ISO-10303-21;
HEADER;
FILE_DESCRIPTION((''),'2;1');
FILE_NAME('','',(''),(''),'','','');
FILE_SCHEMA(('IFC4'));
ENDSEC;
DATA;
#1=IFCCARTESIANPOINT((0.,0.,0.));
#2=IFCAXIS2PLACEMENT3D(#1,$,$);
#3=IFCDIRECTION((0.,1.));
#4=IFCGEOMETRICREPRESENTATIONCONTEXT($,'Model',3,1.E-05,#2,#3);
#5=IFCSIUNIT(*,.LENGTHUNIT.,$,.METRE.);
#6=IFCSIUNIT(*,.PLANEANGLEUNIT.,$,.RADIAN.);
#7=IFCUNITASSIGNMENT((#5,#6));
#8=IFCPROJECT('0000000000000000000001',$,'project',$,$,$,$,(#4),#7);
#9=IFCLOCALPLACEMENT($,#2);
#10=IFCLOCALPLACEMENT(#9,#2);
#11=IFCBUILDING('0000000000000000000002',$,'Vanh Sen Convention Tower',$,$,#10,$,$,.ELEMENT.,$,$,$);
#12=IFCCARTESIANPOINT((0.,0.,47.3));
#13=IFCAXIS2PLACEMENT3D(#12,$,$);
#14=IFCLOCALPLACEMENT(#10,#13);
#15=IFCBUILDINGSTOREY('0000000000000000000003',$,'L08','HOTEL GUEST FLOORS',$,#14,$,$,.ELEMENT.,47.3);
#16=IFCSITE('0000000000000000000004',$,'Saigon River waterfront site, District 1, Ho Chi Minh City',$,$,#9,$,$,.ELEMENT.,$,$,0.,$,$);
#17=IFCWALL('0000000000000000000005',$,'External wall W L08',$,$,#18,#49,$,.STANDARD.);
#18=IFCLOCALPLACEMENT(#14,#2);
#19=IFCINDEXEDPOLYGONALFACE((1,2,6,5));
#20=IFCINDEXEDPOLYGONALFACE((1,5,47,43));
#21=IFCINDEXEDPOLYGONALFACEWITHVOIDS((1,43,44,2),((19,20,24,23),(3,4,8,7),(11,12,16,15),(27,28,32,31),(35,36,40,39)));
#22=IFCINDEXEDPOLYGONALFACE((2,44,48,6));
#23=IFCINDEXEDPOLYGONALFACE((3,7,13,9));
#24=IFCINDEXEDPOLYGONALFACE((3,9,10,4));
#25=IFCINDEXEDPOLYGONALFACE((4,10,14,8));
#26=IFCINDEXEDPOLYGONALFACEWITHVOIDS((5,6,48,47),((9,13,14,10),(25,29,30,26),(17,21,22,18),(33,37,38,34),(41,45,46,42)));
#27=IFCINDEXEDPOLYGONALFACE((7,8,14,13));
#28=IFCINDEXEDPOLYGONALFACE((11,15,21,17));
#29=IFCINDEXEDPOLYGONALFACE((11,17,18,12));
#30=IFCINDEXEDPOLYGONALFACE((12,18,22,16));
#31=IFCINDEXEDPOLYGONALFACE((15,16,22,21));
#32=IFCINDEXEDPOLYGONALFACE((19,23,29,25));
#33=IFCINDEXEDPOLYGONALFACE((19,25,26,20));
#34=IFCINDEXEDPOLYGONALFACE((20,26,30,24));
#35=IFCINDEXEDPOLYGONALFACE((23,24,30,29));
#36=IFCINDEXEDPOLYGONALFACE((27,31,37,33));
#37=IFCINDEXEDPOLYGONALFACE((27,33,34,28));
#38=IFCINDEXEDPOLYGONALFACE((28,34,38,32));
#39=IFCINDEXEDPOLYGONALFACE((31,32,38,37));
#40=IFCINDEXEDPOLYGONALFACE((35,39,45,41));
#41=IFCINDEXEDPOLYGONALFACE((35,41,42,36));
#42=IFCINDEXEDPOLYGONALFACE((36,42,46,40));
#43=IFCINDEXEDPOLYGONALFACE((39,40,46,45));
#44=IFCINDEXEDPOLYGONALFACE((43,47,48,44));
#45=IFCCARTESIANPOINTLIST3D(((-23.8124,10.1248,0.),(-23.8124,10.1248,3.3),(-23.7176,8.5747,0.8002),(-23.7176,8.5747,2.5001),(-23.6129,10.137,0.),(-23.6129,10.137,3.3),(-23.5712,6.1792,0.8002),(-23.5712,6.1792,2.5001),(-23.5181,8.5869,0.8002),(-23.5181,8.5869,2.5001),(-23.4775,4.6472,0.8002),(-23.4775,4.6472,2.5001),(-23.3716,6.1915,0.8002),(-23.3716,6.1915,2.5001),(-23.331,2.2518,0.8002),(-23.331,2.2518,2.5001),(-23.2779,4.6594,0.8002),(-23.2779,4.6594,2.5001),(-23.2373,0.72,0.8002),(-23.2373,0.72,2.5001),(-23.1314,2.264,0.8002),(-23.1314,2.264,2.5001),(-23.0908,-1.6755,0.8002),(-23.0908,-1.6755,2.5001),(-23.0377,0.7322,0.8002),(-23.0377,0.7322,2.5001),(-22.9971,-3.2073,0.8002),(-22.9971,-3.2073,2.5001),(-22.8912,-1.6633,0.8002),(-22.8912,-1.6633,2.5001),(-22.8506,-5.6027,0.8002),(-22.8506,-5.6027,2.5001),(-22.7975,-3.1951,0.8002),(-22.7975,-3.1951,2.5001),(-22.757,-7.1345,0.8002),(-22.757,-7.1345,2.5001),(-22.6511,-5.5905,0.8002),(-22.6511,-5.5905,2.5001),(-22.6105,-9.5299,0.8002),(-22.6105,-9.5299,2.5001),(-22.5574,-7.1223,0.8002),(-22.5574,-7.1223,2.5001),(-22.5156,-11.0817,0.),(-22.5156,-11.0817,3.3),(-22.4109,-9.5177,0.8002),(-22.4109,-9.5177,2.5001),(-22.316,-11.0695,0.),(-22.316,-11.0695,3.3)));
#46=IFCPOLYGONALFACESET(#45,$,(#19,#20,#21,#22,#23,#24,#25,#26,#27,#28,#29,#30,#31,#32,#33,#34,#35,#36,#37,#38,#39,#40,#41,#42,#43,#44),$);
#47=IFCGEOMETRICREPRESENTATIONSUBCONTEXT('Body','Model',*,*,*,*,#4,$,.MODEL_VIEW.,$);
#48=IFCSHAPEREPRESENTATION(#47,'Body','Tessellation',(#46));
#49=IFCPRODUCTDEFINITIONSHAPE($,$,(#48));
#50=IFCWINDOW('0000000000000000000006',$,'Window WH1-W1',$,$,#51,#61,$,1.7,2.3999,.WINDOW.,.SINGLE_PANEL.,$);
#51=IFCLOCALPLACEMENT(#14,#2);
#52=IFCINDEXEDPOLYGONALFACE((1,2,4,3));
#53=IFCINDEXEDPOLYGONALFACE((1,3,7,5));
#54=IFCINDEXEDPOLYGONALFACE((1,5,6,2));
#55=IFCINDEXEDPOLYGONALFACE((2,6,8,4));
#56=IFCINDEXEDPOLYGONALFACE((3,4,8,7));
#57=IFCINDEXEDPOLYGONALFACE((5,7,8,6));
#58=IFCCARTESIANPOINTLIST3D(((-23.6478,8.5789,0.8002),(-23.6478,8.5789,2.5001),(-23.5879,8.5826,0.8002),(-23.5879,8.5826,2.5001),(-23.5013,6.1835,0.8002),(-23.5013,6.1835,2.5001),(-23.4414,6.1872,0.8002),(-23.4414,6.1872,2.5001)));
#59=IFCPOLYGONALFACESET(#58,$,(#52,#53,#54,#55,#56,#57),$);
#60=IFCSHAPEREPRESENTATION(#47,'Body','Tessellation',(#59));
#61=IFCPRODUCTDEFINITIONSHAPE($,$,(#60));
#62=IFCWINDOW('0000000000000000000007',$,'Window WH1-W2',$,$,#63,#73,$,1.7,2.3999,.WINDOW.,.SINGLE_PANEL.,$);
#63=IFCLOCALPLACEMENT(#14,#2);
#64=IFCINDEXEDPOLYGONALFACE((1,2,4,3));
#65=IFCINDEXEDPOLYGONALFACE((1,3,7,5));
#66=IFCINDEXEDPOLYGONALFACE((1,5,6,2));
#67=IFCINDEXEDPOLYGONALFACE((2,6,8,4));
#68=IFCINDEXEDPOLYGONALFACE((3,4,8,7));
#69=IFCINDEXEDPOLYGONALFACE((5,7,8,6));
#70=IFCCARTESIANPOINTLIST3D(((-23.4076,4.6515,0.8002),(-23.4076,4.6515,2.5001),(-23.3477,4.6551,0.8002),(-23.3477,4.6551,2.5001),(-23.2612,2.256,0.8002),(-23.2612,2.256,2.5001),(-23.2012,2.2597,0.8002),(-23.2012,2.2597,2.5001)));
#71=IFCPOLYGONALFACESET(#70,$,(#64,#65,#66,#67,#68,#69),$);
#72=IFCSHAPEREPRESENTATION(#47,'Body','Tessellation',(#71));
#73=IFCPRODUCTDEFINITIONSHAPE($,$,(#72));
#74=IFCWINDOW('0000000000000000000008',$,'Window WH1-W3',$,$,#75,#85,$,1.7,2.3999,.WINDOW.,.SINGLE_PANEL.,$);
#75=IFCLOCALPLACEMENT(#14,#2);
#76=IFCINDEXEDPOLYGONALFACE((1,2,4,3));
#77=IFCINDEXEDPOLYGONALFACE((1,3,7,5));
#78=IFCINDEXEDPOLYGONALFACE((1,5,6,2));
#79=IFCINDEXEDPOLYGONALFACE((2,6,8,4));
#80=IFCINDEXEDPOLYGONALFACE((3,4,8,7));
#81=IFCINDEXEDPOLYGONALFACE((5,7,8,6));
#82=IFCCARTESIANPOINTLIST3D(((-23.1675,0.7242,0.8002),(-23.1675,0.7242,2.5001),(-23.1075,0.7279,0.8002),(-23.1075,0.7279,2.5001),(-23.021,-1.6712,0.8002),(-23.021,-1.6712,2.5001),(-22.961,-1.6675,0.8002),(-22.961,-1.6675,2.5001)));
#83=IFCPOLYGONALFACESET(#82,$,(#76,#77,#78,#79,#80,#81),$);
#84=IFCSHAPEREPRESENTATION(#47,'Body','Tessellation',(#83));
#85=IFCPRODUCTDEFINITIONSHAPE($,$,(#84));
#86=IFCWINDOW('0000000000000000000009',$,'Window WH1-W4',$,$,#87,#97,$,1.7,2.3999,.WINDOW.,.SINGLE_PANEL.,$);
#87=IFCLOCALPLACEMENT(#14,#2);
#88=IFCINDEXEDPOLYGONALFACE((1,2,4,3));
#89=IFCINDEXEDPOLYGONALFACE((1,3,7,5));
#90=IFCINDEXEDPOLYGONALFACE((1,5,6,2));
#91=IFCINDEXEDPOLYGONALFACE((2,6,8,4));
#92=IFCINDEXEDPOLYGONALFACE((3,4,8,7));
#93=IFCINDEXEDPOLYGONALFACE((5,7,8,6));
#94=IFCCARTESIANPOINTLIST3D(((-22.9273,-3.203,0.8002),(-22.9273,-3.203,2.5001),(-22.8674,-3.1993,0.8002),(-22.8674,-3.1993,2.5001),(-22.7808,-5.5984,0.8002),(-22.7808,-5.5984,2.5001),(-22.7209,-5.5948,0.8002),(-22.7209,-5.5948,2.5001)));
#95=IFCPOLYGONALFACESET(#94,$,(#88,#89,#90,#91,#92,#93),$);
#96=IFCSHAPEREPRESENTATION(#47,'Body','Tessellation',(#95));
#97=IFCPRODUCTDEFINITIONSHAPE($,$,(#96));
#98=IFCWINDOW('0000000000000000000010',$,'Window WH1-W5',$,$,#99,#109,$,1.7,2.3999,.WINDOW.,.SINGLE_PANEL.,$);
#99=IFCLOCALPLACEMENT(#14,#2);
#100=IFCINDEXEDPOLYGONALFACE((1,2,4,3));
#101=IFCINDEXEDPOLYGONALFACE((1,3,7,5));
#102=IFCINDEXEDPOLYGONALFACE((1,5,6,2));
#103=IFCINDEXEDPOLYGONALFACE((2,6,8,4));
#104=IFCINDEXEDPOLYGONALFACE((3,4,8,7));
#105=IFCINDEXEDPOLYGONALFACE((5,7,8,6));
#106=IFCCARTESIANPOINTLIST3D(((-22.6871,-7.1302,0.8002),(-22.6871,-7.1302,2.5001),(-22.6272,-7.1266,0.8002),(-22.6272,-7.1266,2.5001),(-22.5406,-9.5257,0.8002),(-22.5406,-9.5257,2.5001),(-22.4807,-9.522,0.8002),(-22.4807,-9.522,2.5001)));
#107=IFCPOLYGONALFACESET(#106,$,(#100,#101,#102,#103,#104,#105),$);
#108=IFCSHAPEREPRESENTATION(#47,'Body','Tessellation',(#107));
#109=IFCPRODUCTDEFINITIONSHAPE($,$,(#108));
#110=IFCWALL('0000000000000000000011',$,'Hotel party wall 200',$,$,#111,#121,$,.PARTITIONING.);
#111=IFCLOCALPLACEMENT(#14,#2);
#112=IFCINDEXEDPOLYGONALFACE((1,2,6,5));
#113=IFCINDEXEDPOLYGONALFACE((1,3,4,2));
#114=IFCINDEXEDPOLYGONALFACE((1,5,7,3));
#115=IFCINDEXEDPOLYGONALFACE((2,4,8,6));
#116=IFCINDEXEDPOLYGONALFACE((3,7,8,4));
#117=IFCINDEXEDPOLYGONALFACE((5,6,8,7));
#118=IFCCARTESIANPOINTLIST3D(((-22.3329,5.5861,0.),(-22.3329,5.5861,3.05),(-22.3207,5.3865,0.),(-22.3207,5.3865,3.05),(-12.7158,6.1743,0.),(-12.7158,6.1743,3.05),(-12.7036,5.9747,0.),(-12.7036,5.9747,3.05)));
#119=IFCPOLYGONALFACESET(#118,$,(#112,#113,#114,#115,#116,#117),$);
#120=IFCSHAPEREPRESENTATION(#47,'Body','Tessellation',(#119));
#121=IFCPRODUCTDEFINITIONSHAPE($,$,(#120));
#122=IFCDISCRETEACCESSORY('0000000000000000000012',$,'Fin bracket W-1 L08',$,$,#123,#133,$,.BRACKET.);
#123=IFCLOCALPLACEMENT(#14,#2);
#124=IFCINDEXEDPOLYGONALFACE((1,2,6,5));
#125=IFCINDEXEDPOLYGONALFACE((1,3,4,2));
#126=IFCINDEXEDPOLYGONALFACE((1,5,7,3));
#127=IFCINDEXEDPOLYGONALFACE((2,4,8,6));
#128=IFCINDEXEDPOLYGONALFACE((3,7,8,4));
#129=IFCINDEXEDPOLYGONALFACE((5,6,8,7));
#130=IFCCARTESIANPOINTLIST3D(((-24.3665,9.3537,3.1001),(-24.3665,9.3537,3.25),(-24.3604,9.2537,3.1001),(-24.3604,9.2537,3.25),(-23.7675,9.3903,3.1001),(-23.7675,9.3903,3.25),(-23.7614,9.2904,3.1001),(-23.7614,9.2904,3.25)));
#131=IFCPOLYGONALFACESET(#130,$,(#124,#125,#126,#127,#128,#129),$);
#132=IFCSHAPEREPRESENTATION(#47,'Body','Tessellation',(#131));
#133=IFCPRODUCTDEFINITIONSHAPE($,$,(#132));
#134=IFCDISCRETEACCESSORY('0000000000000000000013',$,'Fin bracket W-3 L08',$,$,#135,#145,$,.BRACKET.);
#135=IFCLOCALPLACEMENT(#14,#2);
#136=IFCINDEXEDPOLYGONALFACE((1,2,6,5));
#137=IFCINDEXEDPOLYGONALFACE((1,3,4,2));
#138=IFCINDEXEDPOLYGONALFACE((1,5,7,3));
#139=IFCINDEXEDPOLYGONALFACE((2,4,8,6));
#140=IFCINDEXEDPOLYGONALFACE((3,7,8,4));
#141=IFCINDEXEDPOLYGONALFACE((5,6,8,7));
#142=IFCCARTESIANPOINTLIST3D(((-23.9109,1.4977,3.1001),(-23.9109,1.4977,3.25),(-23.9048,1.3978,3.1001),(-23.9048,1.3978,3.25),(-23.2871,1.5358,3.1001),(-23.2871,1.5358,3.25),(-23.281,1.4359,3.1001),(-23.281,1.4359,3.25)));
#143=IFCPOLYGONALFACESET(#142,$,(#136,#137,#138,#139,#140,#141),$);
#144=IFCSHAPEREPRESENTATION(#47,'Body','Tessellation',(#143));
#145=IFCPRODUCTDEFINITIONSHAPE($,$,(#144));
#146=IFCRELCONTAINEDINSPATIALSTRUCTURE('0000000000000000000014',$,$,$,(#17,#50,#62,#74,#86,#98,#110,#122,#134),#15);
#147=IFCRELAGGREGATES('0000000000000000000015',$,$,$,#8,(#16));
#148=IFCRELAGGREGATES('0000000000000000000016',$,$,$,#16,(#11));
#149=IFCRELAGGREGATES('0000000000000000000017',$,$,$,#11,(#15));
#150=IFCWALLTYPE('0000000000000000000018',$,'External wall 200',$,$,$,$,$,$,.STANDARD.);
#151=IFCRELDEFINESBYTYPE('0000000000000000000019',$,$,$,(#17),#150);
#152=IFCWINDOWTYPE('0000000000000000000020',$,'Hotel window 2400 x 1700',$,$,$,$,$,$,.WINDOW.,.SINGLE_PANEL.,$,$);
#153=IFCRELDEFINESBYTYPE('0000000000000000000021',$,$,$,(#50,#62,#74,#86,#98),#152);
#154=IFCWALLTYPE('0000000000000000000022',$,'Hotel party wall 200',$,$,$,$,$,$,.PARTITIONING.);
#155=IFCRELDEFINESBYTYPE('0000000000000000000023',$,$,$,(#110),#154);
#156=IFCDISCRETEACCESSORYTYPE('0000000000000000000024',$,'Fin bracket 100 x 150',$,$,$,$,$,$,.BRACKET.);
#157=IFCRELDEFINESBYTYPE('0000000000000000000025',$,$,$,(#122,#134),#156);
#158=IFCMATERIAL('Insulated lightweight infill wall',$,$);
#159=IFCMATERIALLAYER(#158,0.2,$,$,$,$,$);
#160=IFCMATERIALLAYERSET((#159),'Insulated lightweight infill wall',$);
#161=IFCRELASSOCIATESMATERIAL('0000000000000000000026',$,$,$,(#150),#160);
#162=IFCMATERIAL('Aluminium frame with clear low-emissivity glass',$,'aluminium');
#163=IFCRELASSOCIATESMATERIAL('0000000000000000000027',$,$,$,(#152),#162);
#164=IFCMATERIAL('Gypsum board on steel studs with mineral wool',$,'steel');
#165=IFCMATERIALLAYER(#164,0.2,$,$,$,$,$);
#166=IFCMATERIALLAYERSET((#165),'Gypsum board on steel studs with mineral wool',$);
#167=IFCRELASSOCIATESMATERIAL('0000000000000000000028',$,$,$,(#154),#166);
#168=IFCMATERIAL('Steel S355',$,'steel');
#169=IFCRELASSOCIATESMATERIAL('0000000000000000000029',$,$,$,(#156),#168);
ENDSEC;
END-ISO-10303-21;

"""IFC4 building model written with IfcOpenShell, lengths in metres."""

from ifc_helpers import new_model, si_unit, direction, frame, frame_2d, origin, origin_2d, place, context, subcontext, project, spatial, rectangle, extrude, material, layer, layer_set, type_object, element, fill, save


model = new_model("IFC4")

# Units and contexts
model_context = context("Model", 3, precision=1e-05, world=origin(), true_north=direction((0.0, 1.0)))
body_context = subcontext(model_context, "Body", "Model", "MODEL_VIEW")
ifc_project = project(units=[si_unit("LENGTHUNIT", "METRE"), si_unit("PLANEANGLEUNIT", "RADIAN")], contexts=[model_context])

# Site, building, storey
site_placement = place(None, origin())
site = spatial("IfcSite", under=ifc_project, at=site_placement, Name="Saigon River waterfront site, District 1, Ho Chi Minh City", CompositionType="ELEMENT", RefElevation=0.0)
building_placement = place(site_placement, origin())
building = spatial("IfcBuilding", under=site, at=building_placement, Name="Vanh Sen Convention Tower", CompositionType="ELEMENT")
storey_placement = place(building_placement, frame((0.0, 0.0, 47.3)))
storey = spatial("IfcBuildingStorey", under=building, at=storey_placement, Name="L08", Description="HOTEL GUEST FLOORS", CompositionType="ELEMENT", Elevation=47.3)

# Shared definitions
ifc_material_1 = material(Name="Gypsum board on steel studs with mineral wool", Category="steel")

# Wall, openings, windows
ifc_material_2 = material(Name="Insulated lightweight infill wall")
ifc_layer_1 = layer(ifc_material_2, 0.2)
ifc_layer_set_1 = layer_set([ifc_layer_1], Name="Insulated lightweight infill wall")
wall_type_1 = type_object("IfcWallType", Name="External wall 200", PredefinedType="STANDARD", material=ifc_layer_set_1)
wall_1_placement = place(storey_placement, frame((-23.7126, 10.1309, 0.0), z_axis=(0.0, 0.0, 1.0), x_axis=(0.06104, -0.998135, 0.0)))
wall_1 = element("IfcWall", 1, at=wall_1_placement, inside=storey, type_object=wall_type_1, Name="External wall W L08", PredefinedType="STANDARD", context=body_context, shape_type="SweptSolid", body=[
    extrude(rectangle(XDim=21.2461, YDim=0.2, at=frame_2d((10.623, 0.0))), origin(), (0.0, 0.0, 1.0), 3.3),
])
opening_1_placement = place(wall_1_placement, frame((1.553, 0.0, 0.8)))
opening_1 = element("IfcOpeningElement", 2, at=opening_1_placement, cuts=wall_1, PredefinedType="OPENING", context=body_context, shape_type="SweptSolid", body=[
    extrude(rectangle(XDim=2.3999, YDim=1.7, at=frame_2d((1.2, 0.8501))), frame((0.0, 0.1099, 0.0), z_axis=(0.0, -1.0, 0.0), x_axis=(1.0, 0.0, 0.0)), (0.0, 0.0, 1.0), 0.22),
])
opening_2_placement = place(wall_1_placement, frame((5.4878, 0.0, 0.8)))
opening_2 = element("IfcOpeningElement", 3, at=opening_2_placement, cuts=wall_1, PredefinedType="OPENING", context=body_context, shape_type="SweptSolid", body=[
    extrude(rectangle(XDim=2.3999, YDim=1.7, at=frame_2d((1.2, 0.8501))), frame((0.0, 0.1099, 0.0), z_axis=(0.0, -1.0, 0.0), x_axis=(1.0, 0.0, 0.0)), (0.0, 0.0, 1.0), 0.22),
])
opening_3_placement = place(wall_1_placement, frame((9.4224, 0.0, 0.8)))
opening_3 = element("IfcOpeningElement", 4, at=opening_3_placement, cuts=wall_1, PredefinedType="OPENING", context=body_context, shape_type="SweptSolid", body=[
    extrude(rectangle(XDim=2.3999, YDim=1.7, at=frame_2d((1.2, 0.8501))), frame((0.0, 0.1099, 0.0), z_axis=(0.0, -1.0, 0.0), x_axis=(1.0, 0.0, 0.0)), (0.0, 0.0, 1.0), 0.22),
])
opening_4_placement = place(wall_1_placement, frame((13.3569, 0.0, 0.8)))
opening_4 = element("IfcOpeningElement", 5, at=opening_4_placement, cuts=wall_1, PredefinedType="OPENING", context=body_context, shape_type="SweptSolid", body=[
    extrude(rectangle(XDim=2.3999, YDim=1.7, at=frame_2d((1.2, 0.8501))), frame((0.0, 0.1099, 0.0), z_axis=(0.0, -1.0, 0.0), x_axis=(1.0, 0.0, 0.0)), (0.0, 0.0, 1.0), 0.22),
])
opening_5_placement = place(wall_1_placement, frame((17.2915, 0.0, 0.8)))
opening_5 = element("IfcOpeningElement", 6, at=opening_5_placement, cuts=wall_1, PredefinedType="OPENING", context=body_context, shape_type="SweptSolid", body=[
    extrude(rectangle(XDim=2.3999, YDim=1.7, at=frame_2d((1.2, 0.8501))), frame((0.0, 0.1099, 0.0), z_axis=(0.0, -1.0, 0.0), x_axis=(1.0, 0.0, 0.0)), (0.0, 0.0, 1.0), 0.22),
])
ifc_material_3 = material(Name="Aluminium frame with clear low-emissivity glass", Category="aluminium")
window_type = type_object("IfcWindowType", Name="Hotel window 2400 x 1700", PartitioningType="SINGLE_PANEL", PredefinedType="WINDOW", material=ifc_material_3)
window_1_placement = place(opening_1_placement, origin())
window_1 = element("IfcWindow", 7, at=window_1_placement, inside=storey, type_object=window_type, Name="Window WH1-W1", OverallHeight=1.7, OverallWidth=2.3999, PartitioningType="SINGLE_PANEL", PredefinedType="WINDOW", context=body_context, shape_type="SweptSolid", body=[
    extrude(rectangle(XDim=2.3999, YDim=1.7, at=frame_2d((1.2, 0.8501))), frame((0.0, 0.03, 0.0), z_axis=(0.0, -1.0, 0.0), x_axis=(1.0, 0.0, 0.0)), (0.0, 0.0, 1.0), 0.0601),
])
fill(opening_1, window_1)
window_2_placement = place(opening_2_placement, origin())
window_2 = element("IfcWindow", 8, at=window_2_placement, inside=storey, type_object=window_type, Name="Window WH1-W2", OverallHeight=1.7, OverallWidth=2.3999, PartitioningType="SINGLE_PANEL", PredefinedType="WINDOW", context=body_context, shape_type="SweptSolid", body=[
    extrude(rectangle(XDim=2.3999, YDim=1.7, at=frame_2d((1.2, 0.8501))), frame((0.0, 0.03, 0.0), z_axis=(0.0, -1.0, 0.0), x_axis=(1.0, 0.0, 0.0)), (0.0, 0.0, 1.0), 0.0601),
])
fill(opening_2, window_2)
window_3_placement = place(opening_3_placement, origin())
window_3 = element("IfcWindow", 9, at=window_3_placement, inside=storey, type_object=window_type, Name="Window WH1-W3", OverallHeight=1.7, OverallWidth=2.3999, PartitioningType="SINGLE_PANEL", PredefinedType="WINDOW", context=body_context, shape_type="SweptSolid", body=[
    extrude(rectangle(XDim=2.3999, YDim=1.7, at=frame_2d((1.2, 0.8501))), frame((0.0, 0.03, 0.0), z_axis=(0.0, -1.0, 0.0), x_axis=(1.0, 0.0, 0.0)), (0.0, 0.0, 1.0), 0.0601),
])
fill(opening_3, window_3)
window_4_placement = place(opening_4_placement, origin())
window_4 = element("IfcWindow", 10, at=window_4_placement, inside=storey, type_object=window_type, Name="Window WH1-W4", OverallHeight=1.7, OverallWidth=2.3999, PartitioningType="SINGLE_PANEL", PredefinedType="WINDOW", context=body_context, shape_type="SweptSolid", body=[
    extrude(rectangle(XDim=2.3999, YDim=1.7, at=frame_2d((1.2, 0.8501))), frame((0.0, 0.03, 0.0), z_axis=(0.0, -1.0, 0.0), x_axis=(1.0, 0.0, 0.0)), (0.0, 0.0, 1.0), 0.0601),
])
fill(opening_4, window_4)
window_5_placement = place(opening_5_placement, origin())
window_5 = element("IfcWindow", 11, at=window_5_placement, inside=storey, type_object=window_type, Name="Window WH1-W5", OverallHeight=1.7, OverallWidth=2.3999, PartitioningType="SINGLE_PANEL", PredefinedType="WINDOW", context=body_context, shape_type="SweptSolid", body=[
    extrude(rectangle(XDim=2.3999, YDim=1.7, at=frame_2d((1.2, 0.8501))), frame((0.0, 0.03, 0.0), z_axis=(0.0, -1.0, 0.0), x_axis=(1.0, 0.0, 0.0)), (0.0, 0.0, 1.0), 0.0601),
])
fill(opening_5, window_5)

# Wall
ifc_layer_2 = layer(ifc_material_1, 0.2)
ifc_layer_set_2 = layer_set([ifc_layer_2], Name="Gypsum board on steel studs with mineral wool")
wall_type_2 = type_object("IfcWallType", Name="Hotel party wall 200", PredefinedType="PARTITIONING", material=ifc_layer_set_2)
wall_2_placement = place(storey_placement, frame((-22.3267, 5.4863, 0.0), z_axis=(0.0, 0.0, 1.0), x_axis=(0.998135, 0.061042, 0.0)))
element("IfcWall", 12, at=wall_2_placement, inside=storey, type_object=wall_type_2, Name="Hotel party wall 200", PredefinedType="PARTITIONING", context=body_context, shape_type="SweptSolid", body=[
    extrude(rectangle(XDim=9.635, YDim=0.2, at=frame_2d((4.8174, 0.0))), origin(), (0.0, 0.0, 1.0), 3.05),
])

# Discrete accessories
ifc_material_4 = material(Name="Steel S355", Category="steel")
discrete_accessory_type = type_object("IfcDiscreteAccessoryType", Name="Fin bracket 100 x 150", PredefinedType="BRACKET", material=ifc_material_4)
discrete_accessory_1_placement = place(storey_placement, frame((-24.064, 9.322, 3.1001), z_axis=(0.0, 0.0, 1.0), x_axis=(-0.998135, -0.061049, 0.0)))
element("IfcDiscreteAccessory", 13, at=discrete_accessory_1_placement, inside=storey, type_object=discrete_accessory_type, Name="Fin bracket W-1 L08", PredefinedType="BRACKET", context=body_context, shape_type="SweptSolid", body=[
    extrude(rectangle(XDim=0.6001, YDim=0.1001, at=origin_2d()), origin(), (0.0, 0.0, 1.0), 0.1499),
])
discrete_accessory_2_placement = place(storey_placement, frame((-23.5959, 1.4668, 3.1001), z_axis=(0.0, 0.0, 1.0), x_axis=(-0.998135, -0.061049, 0.0)))
element("IfcDiscreteAccessory", 14, at=discrete_accessory_2_placement, inside=storey, type_object=discrete_accessory_type, Name="Fin bracket W-3 L08", PredefinedType="BRACKET", context=body_context, shape_type="SweptSolid", body=[
    extrude(rectangle(XDim=0.625, YDim=0.1001, at=origin_2d()), origin(), (0.0, 0.0, 1.0), 0.1499),
])

save(model, "model.ifc")
